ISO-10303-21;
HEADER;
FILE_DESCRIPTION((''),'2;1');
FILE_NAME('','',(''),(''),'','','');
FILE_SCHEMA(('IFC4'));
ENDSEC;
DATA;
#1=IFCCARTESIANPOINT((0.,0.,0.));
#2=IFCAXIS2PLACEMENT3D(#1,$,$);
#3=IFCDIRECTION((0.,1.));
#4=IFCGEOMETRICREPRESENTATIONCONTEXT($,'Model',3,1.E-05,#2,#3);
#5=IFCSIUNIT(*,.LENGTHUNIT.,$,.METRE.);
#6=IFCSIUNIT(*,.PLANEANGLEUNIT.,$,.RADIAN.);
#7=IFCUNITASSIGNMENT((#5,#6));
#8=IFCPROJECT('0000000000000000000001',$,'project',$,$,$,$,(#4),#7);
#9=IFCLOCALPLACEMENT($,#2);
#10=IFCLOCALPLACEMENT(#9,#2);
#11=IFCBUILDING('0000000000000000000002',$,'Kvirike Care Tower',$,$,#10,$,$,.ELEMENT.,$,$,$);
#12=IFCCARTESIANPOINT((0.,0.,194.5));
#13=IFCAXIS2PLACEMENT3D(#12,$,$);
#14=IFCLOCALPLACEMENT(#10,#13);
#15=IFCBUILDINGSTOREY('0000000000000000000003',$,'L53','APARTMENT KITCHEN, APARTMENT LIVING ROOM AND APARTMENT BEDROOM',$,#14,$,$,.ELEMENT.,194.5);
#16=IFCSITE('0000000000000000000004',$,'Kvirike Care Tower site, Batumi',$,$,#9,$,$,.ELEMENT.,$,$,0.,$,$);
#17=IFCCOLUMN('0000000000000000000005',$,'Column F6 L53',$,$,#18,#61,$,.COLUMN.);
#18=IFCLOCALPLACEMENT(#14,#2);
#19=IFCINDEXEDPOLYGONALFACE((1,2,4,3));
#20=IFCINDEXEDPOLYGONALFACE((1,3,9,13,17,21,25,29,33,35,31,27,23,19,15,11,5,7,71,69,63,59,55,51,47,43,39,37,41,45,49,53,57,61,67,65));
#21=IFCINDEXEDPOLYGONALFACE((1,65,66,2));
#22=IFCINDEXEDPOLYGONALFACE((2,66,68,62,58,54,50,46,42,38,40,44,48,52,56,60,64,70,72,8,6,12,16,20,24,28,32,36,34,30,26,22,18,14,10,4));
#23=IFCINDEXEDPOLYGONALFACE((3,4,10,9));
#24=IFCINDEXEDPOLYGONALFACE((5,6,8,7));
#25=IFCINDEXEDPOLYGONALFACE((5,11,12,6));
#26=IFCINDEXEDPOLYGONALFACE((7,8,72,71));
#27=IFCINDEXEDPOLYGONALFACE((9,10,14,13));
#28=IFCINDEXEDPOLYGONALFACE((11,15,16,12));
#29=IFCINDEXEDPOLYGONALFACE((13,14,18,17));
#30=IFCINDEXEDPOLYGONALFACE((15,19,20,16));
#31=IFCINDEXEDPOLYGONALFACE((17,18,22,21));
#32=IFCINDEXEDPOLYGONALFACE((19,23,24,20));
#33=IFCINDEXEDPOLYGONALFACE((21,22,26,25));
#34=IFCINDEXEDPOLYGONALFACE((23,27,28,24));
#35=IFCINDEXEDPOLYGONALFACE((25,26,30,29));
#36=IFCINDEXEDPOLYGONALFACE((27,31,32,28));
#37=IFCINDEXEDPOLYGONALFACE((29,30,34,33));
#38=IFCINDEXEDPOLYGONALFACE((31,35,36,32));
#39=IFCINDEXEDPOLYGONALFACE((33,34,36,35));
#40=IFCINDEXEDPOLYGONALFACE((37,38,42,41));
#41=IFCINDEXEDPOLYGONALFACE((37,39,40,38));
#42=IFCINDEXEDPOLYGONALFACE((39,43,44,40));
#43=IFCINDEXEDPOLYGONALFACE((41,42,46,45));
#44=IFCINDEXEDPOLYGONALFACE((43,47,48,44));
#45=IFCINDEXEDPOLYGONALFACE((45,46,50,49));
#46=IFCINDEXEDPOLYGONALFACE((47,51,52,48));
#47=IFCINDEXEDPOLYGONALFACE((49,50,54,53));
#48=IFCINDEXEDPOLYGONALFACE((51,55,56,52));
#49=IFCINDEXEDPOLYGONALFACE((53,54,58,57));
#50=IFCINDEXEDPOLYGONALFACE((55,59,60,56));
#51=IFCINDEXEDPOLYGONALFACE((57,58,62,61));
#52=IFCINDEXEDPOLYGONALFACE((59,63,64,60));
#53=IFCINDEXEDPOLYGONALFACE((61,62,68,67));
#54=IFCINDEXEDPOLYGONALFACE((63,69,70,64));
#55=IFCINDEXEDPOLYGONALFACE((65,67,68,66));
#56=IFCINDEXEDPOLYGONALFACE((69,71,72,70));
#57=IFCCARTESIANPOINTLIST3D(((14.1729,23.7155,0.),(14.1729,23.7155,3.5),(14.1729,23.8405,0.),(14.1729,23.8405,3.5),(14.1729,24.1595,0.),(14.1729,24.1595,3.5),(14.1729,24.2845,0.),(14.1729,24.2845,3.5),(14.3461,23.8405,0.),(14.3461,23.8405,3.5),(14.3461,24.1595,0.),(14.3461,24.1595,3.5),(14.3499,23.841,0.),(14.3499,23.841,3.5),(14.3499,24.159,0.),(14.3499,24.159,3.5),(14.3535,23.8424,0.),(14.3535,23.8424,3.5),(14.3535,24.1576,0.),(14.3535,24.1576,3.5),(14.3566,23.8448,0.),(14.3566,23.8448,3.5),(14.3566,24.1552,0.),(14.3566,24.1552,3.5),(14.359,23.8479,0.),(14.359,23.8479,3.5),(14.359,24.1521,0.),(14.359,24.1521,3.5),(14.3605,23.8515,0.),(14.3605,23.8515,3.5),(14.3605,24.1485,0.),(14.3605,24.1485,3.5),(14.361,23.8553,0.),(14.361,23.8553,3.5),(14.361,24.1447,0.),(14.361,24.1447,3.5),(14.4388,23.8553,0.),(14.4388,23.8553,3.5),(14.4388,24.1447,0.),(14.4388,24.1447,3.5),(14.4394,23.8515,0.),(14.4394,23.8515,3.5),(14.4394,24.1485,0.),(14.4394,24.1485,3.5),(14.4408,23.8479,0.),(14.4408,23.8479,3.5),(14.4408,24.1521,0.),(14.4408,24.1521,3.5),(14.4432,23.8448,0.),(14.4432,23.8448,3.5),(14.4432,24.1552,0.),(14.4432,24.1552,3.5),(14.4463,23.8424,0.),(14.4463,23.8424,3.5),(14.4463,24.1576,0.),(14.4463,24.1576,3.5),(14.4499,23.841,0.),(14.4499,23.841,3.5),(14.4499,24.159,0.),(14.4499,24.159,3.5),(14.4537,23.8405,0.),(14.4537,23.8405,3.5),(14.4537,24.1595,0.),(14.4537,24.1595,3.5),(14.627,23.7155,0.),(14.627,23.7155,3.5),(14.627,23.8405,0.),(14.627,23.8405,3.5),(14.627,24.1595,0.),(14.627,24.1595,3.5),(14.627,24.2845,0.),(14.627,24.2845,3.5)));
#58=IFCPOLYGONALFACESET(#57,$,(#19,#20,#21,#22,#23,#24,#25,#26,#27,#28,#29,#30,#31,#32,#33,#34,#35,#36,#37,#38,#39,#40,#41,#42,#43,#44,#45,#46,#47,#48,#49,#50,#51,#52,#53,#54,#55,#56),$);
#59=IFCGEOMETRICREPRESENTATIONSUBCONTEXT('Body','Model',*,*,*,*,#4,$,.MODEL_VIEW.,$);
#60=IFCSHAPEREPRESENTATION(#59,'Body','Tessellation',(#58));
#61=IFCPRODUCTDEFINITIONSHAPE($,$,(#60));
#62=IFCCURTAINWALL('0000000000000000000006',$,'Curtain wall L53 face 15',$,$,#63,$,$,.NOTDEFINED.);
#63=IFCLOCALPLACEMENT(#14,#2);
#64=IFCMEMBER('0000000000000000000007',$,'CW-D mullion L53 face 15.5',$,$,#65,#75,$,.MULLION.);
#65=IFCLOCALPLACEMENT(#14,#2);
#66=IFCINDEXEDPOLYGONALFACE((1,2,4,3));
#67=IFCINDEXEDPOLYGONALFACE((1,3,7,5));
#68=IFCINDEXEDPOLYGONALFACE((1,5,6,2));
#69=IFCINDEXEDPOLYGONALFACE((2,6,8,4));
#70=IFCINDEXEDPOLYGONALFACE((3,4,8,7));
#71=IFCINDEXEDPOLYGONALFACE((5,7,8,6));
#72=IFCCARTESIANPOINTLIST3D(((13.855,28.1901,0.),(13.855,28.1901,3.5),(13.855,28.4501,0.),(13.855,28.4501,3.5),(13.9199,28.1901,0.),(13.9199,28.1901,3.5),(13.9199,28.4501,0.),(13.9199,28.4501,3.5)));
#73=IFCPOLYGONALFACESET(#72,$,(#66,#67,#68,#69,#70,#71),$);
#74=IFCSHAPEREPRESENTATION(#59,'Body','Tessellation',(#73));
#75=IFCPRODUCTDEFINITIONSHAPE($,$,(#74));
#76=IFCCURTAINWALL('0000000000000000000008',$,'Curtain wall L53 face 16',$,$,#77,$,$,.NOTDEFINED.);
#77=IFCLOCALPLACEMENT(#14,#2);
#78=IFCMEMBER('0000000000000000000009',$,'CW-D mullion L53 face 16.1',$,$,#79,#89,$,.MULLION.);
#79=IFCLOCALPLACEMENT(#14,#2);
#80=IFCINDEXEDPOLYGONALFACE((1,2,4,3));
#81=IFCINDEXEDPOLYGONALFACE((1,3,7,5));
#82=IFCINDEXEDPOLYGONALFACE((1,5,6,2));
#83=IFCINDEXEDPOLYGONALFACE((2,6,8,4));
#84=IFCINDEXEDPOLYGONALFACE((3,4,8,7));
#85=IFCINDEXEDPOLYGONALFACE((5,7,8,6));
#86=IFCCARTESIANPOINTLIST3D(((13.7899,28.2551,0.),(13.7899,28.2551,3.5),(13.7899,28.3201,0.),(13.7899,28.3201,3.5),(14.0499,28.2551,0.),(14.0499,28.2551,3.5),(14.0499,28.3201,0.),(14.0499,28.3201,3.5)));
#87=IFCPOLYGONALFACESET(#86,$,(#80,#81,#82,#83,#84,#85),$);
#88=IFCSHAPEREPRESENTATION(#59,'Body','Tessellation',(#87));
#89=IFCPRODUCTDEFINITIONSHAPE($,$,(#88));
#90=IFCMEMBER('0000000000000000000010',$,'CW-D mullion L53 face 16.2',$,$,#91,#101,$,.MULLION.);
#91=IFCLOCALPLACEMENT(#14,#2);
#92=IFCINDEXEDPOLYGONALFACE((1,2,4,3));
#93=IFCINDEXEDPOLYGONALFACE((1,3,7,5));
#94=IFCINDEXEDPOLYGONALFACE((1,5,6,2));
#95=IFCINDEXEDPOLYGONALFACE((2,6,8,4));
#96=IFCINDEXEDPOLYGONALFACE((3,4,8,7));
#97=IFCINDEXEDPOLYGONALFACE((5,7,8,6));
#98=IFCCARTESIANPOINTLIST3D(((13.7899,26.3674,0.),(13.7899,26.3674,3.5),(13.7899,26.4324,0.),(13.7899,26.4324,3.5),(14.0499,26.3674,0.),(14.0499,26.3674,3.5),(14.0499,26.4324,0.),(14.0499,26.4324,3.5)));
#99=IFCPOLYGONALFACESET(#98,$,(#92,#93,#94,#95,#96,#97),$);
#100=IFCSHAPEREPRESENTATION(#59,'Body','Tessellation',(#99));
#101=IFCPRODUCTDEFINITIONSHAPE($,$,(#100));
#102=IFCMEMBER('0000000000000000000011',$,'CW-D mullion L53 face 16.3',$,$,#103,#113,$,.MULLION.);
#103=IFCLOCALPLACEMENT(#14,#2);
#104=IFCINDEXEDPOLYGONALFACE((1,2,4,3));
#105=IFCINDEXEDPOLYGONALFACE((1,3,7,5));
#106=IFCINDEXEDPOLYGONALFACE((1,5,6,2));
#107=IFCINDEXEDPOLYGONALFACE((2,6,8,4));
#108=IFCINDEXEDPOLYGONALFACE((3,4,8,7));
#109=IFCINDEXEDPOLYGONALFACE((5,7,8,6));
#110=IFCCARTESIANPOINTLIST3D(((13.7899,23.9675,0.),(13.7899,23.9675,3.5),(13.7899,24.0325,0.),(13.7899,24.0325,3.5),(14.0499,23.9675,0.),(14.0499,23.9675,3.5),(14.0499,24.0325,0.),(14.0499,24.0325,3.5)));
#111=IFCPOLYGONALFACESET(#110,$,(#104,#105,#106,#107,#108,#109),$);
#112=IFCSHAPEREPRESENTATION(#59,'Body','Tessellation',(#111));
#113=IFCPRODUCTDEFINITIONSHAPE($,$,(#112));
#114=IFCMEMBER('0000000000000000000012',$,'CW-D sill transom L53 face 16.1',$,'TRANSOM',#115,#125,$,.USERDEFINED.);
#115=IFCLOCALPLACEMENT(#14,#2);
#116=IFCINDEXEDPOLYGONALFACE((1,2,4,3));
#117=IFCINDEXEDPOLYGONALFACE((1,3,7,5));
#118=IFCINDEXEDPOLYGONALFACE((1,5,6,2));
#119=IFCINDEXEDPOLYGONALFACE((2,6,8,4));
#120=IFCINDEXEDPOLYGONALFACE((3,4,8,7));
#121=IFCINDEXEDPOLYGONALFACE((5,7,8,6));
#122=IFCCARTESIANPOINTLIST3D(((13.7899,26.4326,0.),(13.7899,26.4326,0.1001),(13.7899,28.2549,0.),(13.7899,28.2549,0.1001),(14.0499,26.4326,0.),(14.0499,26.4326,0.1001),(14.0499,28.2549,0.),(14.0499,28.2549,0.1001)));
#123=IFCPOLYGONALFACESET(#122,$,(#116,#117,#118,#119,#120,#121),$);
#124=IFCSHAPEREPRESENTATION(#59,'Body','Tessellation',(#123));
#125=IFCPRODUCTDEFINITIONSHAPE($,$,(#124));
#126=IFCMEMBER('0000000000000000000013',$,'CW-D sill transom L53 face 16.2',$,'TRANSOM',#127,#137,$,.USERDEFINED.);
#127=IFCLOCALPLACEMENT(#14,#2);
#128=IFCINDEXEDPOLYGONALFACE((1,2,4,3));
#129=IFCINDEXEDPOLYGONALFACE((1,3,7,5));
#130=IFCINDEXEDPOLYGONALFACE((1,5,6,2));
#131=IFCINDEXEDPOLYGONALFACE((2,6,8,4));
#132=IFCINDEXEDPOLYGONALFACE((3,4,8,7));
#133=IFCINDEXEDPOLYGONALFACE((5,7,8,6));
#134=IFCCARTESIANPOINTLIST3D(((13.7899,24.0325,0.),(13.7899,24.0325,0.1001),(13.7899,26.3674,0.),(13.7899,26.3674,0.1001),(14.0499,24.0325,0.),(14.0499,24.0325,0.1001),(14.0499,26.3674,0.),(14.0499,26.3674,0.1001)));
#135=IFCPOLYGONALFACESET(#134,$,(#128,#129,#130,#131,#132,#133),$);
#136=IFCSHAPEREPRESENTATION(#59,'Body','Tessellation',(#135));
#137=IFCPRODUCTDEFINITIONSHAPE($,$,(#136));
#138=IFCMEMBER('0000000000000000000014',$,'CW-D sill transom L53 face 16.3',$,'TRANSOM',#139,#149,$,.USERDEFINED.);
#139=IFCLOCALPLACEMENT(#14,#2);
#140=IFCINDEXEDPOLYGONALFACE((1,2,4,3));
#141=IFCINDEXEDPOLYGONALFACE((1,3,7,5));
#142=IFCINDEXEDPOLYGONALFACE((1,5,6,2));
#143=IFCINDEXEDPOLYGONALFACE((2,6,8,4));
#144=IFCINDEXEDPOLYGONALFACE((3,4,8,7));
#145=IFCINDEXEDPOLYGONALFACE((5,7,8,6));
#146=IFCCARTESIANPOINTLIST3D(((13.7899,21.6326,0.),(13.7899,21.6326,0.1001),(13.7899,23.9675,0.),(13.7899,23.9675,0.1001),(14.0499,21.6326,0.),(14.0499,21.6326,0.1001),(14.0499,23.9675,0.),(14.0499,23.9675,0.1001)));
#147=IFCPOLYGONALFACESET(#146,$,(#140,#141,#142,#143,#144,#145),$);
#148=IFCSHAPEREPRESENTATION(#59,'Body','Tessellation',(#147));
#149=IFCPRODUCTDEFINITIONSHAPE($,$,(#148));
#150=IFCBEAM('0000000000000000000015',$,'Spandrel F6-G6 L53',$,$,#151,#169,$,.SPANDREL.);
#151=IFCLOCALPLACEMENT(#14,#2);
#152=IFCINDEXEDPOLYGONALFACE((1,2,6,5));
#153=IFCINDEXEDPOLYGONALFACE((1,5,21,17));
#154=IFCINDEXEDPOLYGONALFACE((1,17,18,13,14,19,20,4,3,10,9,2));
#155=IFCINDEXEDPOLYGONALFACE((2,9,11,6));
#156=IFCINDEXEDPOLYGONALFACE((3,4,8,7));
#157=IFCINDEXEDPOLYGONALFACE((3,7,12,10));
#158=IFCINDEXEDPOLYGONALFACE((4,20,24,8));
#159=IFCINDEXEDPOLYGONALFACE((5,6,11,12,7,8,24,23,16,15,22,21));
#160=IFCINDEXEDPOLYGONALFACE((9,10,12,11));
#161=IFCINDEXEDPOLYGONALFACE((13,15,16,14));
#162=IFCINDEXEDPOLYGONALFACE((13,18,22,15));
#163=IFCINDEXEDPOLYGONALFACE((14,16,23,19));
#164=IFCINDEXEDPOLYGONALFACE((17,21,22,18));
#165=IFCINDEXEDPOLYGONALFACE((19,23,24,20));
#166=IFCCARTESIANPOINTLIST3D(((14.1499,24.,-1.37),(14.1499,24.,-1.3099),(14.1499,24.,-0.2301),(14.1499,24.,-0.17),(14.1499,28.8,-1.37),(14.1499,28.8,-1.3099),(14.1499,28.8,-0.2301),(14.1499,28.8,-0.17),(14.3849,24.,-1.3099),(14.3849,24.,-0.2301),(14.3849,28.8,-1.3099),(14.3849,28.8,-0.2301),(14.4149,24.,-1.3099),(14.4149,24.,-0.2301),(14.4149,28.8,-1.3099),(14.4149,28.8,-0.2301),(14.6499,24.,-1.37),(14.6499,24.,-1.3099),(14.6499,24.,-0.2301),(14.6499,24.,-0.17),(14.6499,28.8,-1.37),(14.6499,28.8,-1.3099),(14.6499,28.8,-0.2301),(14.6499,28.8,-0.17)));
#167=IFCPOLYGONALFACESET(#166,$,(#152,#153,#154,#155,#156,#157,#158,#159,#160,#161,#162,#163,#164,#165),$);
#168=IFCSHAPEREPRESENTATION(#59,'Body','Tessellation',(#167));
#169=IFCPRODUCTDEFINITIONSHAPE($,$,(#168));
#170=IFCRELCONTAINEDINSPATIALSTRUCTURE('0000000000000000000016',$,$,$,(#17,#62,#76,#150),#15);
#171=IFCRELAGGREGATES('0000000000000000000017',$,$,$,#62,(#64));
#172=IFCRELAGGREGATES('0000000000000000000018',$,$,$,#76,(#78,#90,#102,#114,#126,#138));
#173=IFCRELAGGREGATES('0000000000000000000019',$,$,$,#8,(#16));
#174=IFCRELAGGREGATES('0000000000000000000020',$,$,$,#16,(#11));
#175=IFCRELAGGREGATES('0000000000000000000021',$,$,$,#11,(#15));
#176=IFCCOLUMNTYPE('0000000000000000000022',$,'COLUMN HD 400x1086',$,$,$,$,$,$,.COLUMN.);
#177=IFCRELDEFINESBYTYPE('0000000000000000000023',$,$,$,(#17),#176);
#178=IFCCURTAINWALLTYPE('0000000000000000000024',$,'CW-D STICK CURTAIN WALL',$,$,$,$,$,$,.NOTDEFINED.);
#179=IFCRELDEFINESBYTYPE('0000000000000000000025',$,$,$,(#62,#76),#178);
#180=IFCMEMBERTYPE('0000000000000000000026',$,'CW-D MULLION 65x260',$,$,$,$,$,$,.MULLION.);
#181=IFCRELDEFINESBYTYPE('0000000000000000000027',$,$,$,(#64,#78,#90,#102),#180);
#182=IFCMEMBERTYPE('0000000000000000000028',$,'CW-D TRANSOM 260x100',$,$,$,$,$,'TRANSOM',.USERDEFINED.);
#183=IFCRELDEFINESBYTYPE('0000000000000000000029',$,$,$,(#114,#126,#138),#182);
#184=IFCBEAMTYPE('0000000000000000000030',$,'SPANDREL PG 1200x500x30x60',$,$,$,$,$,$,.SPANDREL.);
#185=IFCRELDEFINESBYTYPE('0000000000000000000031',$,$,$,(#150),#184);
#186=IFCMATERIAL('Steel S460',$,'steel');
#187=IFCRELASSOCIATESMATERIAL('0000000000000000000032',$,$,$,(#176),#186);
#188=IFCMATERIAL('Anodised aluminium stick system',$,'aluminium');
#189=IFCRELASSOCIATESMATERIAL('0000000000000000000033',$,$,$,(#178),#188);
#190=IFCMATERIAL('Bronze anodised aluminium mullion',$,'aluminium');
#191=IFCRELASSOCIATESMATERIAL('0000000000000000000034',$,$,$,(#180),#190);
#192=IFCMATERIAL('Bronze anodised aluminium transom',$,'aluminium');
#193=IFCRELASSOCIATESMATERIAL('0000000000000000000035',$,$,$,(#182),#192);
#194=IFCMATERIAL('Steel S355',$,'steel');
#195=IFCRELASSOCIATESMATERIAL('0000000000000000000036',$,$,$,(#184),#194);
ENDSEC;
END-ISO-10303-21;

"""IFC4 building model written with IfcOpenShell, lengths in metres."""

from ifc_helpers import new_model, si_unit, direction, frame, origin, origin_2d, place, context, subcontext, project, spatial, rectangle, i_section, extrude, material, material_profile, profile_set, type_object, element, aggregate, save


model = new_model("IFC4")

# Units and contexts
model_context = context("Model", 3, precision=1e-05, world=origin(), true_north=direction((0.0, 1.0)))
body_context = subcontext(model_context, "Body", "Model", "MODEL_VIEW")
ifc_project = project(units=[si_unit("LENGTHUNIT", "METRE"), si_unit("PLANEANGLEUNIT", "RADIAN")], contexts=[model_context])

# Site, building, storey
site_placement = place(None, origin())
site = spatial("IfcSite", under=ifc_project, at=site_placement, Name="Kvirike Care Tower site, Batumi", CompositionType="ELEMENT", RefElevation=0.0)
building_placement = place(site_placement, origin())
building = spatial("IfcBuilding", under=site, at=building_placement, Name="Kvirike Care Tower", CompositionType="ELEMENT")
storey_placement = place(building_placement, frame((0.0, 0.0, 194.5)))
storey = spatial("IfcBuildingStorey", under=building, at=storey_placement, Name="L53", Description="APARTMENT KITCHEN, APARTMENT LIVING ROOM AND APARTMENT BEDROOM", CompositionType="ELEMENT", Elevation=194.5)

# Column
ifc_material_1 = material(Name="Steel S460", Category="steel")
ifc_material_profile_1 = material_profile(ifc_material_1, i_section(OverallWidth=0.4541, OverallDepth=0.5691, WebThickness=0.0779, FlangeThickness=0.125, FilletRadius=0.0149, at=origin_2d()), Name="HD 400x1086")
ifc_profile_set_1 = profile_set([ifc_material_profile_1], Name="Steel S460")
column_type = type_object("IfcColumnType", Name="COLUMN HD 400x1086", PredefinedType="COLUMN", material=ifc_profile_set_1)
column_placement = place(storey_placement, frame((14.3999, 24.0, 0.0), z_axis=(0.0, 0.0, 1.0), x_axis=(1.0, 0.0, 0.0)))
element("IfcColumn", 1, at=column_placement, inside=storey, type_object=column_type, Name="Column F6 L53", PredefinedType="COLUMN", context=body_context, shape_type="SweptSolid", body=[
    extrude(i_section(OverallWidth=0.4541, OverallDepth=0.5691, WebThickness=0.0779, FlangeThickness=0.125, FilletRadius=0.0149, at=origin_2d()), origin(), (0.0, 0.0, 1.0), 3.5),
])

# Curtain wall, member
ifc_material_2 = material(Name="Anodised aluminium stick system", Category="aluminium")
curtain_wall_type = type_object("IfcCurtainWallType", Name="CW-D STICK CURTAIN WALL", PredefinedType="NOTDEFINED", material=ifc_material_2)
curtain_wall_1_placement = place(storey_placement, origin())
curtain_wall_1 = element("IfcCurtainWall", 2, at=curtain_wall_1_placement, inside=storey, type_object=curtain_wall_type, Name="Curtain wall L53 face 15", PredefinedType="NOTDEFINED")
ifc_material_3 = material(Name="Bronze anodised aluminium mullion", Category="aluminium")
ifc_material_profile_2 = material_profile(ifc_material_3, rectangle(XDim=0.0649, YDim=0.26, at=origin_2d()), Name="CW-D MULLION 65x260")
ifc_profile_set_2 = profile_set([ifc_material_profile_2], Name="Bronze anodised aluminium mullion")
member_type_1 = type_object("IfcMemberType", Name="CW-D MULLION 65x260", PredefinedType="MULLION", material=ifc_profile_set_2)
member_1_placement = place(storey_placement, frame((13.8875, 28.3201, 0.0), z_axis=(0.0, 0.0, 1.0), x_axis=(1.0, 0.0, 0.0)))
member_1 = element("IfcMember", 3, at=member_1_placement, type_object=member_type_1, Name="CW-D mullion L53 face 15.5", PredefinedType="MULLION", context=body_context, shape_type="SweptSolid", body=[
    extrude(rectangle(XDim=0.0649, YDim=0.26, at=origin_2d()), origin(), (0.0, 0.0, 1.0), 3.5),
])
aggregate(curtain_wall_1, [member_1])

# Curtain wall, members
curtain_wall_2_placement = place(storey_placement, origin())
curtain_wall_2 = element("IfcCurtainWall", 4, at=curtain_wall_2_placement, inside=storey, type_object=curtain_wall_type, Name="Curtain wall L53 face 16", PredefinedType="NOTDEFINED")
member_2_placement = place(storey_placement, frame((13.9199, 28.2876, 0.0), z_axis=(0.0, 0.0, 1.0), x_axis=(0.0, -1.0, 0.0)))
member_2 = element("IfcMember", 5, at=member_2_placement, type_object=member_type_1, Name="CW-D mullion L53 face 16.1", PredefinedType="MULLION", context=body_context, shape_type="SweptSolid", body=[
    extrude(rectangle(XDim=0.0649, YDim=0.26, at=origin_2d()), origin(), (0.0, 0.0, 1.0), 3.5),
])
member_3_placement = place(storey_placement, frame((13.9199, 26.3999, 0.0), z_axis=(0.0, 0.0, 1.0), x_axis=(0.0, -1.0, 0.0)))
member_3 = element("IfcMember", 6, at=member_3_placement, type_object=member_type_1, Name="CW-D mullion L53 face 16.2", PredefinedType="MULLION", context=body_context, shape_type="SweptSolid", body=[
    extrude(rectangle(XDim=0.0649, YDim=0.26, at=origin_2d()), origin(), (0.0, 0.0, 1.0), 3.5),
])
member_4_placement = place(storey_placement, frame((13.9199, 24.0, 0.0), z_axis=(0.0, 0.0, 1.0), x_axis=(0.0, -1.0, 0.0)))
member_4 = element("IfcMember", 7, at=member_4_placement, type_object=member_type_1, Name="CW-D mullion L53 face 16.3", PredefinedType="MULLION", context=body_context, shape_type="SweptSolid", body=[
    extrude(rectangle(XDim=0.0649, YDim=0.26, at=origin_2d()), origin(), (0.0, 0.0, 1.0), 3.5),
])
ifc_material_4 = material(Name="Bronze anodised aluminium transom", Category="aluminium")
ifc_material_profile_3 = material_profile(ifc_material_4, rectangle(XDim=0.26, YDim=0.1001, at=origin_2d()), Name="CW-D TRANSOM 260x100")
ifc_profile_set_3 = profile_set([ifc_material_profile_3], Name="Bronze anodised aluminium transom")
member_type_2 = type_object("IfcMemberType", Name="CW-D TRANSOM 260x100", ElementType="TRANSOM", PredefinedType="USERDEFINED", material=ifc_profile_set_3)
member_5_placement = place(storey_placement, frame((13.9199, 28.2549, 0.05), z_axis=(0.0, -1.0, 0.0), x_axis=(1.0, 0.0, 0.0)))
member_5 = element("IfcMember", 8, at=member_5_placement, type_object=member_type_2, Name="CW-D sill transom L53 face 16.1", ObjectType="TRANSOM", PredefinedType="USERDEFINED", context=body_context, shape_type="SweptSolid", body=[
    extrude(rectangle(XDim=0.26, YDim=0.1001, at=origin_2d()), origin(), (0.0, 0.0, 1.0), 1.8223),
])
member_6_placement = place(storey_placement, frame((13.9199, 26.3674, 0.05), z_axis=(0.0, -1.0, 0.0), x_axis=(1.0, 0.0, 0.0)))
member_6 = element("IfcMember", 9, at=member_6_placement, type_object=member_type_2, Name="CW-D sill transom L53 face 16.2", ObjectType="TRANSOM", PredefinedType="USERDEFINED", context=body_context, shape_type="SweptSolid", body=[
    extrude(rectangle(XDim=0.26, YDim=0.1001, at=origin_2d()), origin(), (0.0, 0.0, 1.0), 2.335),
])
member_7_placement = place(storey_placement, frame((13.9199, 23.9675, 0.05), z_axis=(0.0, -1.0, 0.0), x_axis=(1.0, 0.0, 0.0)))
member_7 = element("IfcMember", 10, at=member_7_placement, type_object=member_type_2, Name="CW-D sill transom L53 face 16.3", ObjectType="TRANSOM", PredefinedType="USERDEFINED", context=body_context, shape_type="SweptSolid", body=[
    extrude(rectangle(XDim=0.26, YDim=0.1001, at=origin_2d()), origin(), (0.0, 0.0, 1.0), 2.335),
])

# Beam
ifc_material_5 = material(Name="Steel S355", Category="steel")
ifc_material_profile_4 = material_profile(ifc_material_5, i_section(OverallWidth=0.5, OverallDepth=1.2, WebThickness=0.03, FlangeThickness=0.0601, at=origin_2d()), Name="PG 1200x500x30x60")
ifc_profile_set_4 = profile_set([ifc_material_profile_4], Name="Steel S355")
beam_type_1 = type_object("IfcBeamType", Name="SPANDREL PG 1200x500x30x60", PredefinedType="SPANDREL", material=ifc_profile_set_4)
beam_placement = place(storey_placement, frame((14.3999, 24.0, -0.77), z_axis=(0.0, 1.0, 0.0), x_axis=(-1.0, 0.0, 0.0)))
element("IfcBeam", 11, at=beam_placement, inside=storey, type_object=beam_type_1, Name="Spandrel F6-G6 L53", PredefinedType="SPANDREL", context=body_context, shape_type="SweptSolid", body=[
    extrude(i_section(OverallWidth=0.5, OverallDepth=1.2, WebThickness=0.03, FlangeThickness=0.0601, at=origin_2d()), origin(), (0.0, 0.0, 1.0), 4.8),
])

aggregate(curtain_wall_2, [member_2, member_3, member_4, member_5, member_6, member_7])

save(model, "model.ifc")
